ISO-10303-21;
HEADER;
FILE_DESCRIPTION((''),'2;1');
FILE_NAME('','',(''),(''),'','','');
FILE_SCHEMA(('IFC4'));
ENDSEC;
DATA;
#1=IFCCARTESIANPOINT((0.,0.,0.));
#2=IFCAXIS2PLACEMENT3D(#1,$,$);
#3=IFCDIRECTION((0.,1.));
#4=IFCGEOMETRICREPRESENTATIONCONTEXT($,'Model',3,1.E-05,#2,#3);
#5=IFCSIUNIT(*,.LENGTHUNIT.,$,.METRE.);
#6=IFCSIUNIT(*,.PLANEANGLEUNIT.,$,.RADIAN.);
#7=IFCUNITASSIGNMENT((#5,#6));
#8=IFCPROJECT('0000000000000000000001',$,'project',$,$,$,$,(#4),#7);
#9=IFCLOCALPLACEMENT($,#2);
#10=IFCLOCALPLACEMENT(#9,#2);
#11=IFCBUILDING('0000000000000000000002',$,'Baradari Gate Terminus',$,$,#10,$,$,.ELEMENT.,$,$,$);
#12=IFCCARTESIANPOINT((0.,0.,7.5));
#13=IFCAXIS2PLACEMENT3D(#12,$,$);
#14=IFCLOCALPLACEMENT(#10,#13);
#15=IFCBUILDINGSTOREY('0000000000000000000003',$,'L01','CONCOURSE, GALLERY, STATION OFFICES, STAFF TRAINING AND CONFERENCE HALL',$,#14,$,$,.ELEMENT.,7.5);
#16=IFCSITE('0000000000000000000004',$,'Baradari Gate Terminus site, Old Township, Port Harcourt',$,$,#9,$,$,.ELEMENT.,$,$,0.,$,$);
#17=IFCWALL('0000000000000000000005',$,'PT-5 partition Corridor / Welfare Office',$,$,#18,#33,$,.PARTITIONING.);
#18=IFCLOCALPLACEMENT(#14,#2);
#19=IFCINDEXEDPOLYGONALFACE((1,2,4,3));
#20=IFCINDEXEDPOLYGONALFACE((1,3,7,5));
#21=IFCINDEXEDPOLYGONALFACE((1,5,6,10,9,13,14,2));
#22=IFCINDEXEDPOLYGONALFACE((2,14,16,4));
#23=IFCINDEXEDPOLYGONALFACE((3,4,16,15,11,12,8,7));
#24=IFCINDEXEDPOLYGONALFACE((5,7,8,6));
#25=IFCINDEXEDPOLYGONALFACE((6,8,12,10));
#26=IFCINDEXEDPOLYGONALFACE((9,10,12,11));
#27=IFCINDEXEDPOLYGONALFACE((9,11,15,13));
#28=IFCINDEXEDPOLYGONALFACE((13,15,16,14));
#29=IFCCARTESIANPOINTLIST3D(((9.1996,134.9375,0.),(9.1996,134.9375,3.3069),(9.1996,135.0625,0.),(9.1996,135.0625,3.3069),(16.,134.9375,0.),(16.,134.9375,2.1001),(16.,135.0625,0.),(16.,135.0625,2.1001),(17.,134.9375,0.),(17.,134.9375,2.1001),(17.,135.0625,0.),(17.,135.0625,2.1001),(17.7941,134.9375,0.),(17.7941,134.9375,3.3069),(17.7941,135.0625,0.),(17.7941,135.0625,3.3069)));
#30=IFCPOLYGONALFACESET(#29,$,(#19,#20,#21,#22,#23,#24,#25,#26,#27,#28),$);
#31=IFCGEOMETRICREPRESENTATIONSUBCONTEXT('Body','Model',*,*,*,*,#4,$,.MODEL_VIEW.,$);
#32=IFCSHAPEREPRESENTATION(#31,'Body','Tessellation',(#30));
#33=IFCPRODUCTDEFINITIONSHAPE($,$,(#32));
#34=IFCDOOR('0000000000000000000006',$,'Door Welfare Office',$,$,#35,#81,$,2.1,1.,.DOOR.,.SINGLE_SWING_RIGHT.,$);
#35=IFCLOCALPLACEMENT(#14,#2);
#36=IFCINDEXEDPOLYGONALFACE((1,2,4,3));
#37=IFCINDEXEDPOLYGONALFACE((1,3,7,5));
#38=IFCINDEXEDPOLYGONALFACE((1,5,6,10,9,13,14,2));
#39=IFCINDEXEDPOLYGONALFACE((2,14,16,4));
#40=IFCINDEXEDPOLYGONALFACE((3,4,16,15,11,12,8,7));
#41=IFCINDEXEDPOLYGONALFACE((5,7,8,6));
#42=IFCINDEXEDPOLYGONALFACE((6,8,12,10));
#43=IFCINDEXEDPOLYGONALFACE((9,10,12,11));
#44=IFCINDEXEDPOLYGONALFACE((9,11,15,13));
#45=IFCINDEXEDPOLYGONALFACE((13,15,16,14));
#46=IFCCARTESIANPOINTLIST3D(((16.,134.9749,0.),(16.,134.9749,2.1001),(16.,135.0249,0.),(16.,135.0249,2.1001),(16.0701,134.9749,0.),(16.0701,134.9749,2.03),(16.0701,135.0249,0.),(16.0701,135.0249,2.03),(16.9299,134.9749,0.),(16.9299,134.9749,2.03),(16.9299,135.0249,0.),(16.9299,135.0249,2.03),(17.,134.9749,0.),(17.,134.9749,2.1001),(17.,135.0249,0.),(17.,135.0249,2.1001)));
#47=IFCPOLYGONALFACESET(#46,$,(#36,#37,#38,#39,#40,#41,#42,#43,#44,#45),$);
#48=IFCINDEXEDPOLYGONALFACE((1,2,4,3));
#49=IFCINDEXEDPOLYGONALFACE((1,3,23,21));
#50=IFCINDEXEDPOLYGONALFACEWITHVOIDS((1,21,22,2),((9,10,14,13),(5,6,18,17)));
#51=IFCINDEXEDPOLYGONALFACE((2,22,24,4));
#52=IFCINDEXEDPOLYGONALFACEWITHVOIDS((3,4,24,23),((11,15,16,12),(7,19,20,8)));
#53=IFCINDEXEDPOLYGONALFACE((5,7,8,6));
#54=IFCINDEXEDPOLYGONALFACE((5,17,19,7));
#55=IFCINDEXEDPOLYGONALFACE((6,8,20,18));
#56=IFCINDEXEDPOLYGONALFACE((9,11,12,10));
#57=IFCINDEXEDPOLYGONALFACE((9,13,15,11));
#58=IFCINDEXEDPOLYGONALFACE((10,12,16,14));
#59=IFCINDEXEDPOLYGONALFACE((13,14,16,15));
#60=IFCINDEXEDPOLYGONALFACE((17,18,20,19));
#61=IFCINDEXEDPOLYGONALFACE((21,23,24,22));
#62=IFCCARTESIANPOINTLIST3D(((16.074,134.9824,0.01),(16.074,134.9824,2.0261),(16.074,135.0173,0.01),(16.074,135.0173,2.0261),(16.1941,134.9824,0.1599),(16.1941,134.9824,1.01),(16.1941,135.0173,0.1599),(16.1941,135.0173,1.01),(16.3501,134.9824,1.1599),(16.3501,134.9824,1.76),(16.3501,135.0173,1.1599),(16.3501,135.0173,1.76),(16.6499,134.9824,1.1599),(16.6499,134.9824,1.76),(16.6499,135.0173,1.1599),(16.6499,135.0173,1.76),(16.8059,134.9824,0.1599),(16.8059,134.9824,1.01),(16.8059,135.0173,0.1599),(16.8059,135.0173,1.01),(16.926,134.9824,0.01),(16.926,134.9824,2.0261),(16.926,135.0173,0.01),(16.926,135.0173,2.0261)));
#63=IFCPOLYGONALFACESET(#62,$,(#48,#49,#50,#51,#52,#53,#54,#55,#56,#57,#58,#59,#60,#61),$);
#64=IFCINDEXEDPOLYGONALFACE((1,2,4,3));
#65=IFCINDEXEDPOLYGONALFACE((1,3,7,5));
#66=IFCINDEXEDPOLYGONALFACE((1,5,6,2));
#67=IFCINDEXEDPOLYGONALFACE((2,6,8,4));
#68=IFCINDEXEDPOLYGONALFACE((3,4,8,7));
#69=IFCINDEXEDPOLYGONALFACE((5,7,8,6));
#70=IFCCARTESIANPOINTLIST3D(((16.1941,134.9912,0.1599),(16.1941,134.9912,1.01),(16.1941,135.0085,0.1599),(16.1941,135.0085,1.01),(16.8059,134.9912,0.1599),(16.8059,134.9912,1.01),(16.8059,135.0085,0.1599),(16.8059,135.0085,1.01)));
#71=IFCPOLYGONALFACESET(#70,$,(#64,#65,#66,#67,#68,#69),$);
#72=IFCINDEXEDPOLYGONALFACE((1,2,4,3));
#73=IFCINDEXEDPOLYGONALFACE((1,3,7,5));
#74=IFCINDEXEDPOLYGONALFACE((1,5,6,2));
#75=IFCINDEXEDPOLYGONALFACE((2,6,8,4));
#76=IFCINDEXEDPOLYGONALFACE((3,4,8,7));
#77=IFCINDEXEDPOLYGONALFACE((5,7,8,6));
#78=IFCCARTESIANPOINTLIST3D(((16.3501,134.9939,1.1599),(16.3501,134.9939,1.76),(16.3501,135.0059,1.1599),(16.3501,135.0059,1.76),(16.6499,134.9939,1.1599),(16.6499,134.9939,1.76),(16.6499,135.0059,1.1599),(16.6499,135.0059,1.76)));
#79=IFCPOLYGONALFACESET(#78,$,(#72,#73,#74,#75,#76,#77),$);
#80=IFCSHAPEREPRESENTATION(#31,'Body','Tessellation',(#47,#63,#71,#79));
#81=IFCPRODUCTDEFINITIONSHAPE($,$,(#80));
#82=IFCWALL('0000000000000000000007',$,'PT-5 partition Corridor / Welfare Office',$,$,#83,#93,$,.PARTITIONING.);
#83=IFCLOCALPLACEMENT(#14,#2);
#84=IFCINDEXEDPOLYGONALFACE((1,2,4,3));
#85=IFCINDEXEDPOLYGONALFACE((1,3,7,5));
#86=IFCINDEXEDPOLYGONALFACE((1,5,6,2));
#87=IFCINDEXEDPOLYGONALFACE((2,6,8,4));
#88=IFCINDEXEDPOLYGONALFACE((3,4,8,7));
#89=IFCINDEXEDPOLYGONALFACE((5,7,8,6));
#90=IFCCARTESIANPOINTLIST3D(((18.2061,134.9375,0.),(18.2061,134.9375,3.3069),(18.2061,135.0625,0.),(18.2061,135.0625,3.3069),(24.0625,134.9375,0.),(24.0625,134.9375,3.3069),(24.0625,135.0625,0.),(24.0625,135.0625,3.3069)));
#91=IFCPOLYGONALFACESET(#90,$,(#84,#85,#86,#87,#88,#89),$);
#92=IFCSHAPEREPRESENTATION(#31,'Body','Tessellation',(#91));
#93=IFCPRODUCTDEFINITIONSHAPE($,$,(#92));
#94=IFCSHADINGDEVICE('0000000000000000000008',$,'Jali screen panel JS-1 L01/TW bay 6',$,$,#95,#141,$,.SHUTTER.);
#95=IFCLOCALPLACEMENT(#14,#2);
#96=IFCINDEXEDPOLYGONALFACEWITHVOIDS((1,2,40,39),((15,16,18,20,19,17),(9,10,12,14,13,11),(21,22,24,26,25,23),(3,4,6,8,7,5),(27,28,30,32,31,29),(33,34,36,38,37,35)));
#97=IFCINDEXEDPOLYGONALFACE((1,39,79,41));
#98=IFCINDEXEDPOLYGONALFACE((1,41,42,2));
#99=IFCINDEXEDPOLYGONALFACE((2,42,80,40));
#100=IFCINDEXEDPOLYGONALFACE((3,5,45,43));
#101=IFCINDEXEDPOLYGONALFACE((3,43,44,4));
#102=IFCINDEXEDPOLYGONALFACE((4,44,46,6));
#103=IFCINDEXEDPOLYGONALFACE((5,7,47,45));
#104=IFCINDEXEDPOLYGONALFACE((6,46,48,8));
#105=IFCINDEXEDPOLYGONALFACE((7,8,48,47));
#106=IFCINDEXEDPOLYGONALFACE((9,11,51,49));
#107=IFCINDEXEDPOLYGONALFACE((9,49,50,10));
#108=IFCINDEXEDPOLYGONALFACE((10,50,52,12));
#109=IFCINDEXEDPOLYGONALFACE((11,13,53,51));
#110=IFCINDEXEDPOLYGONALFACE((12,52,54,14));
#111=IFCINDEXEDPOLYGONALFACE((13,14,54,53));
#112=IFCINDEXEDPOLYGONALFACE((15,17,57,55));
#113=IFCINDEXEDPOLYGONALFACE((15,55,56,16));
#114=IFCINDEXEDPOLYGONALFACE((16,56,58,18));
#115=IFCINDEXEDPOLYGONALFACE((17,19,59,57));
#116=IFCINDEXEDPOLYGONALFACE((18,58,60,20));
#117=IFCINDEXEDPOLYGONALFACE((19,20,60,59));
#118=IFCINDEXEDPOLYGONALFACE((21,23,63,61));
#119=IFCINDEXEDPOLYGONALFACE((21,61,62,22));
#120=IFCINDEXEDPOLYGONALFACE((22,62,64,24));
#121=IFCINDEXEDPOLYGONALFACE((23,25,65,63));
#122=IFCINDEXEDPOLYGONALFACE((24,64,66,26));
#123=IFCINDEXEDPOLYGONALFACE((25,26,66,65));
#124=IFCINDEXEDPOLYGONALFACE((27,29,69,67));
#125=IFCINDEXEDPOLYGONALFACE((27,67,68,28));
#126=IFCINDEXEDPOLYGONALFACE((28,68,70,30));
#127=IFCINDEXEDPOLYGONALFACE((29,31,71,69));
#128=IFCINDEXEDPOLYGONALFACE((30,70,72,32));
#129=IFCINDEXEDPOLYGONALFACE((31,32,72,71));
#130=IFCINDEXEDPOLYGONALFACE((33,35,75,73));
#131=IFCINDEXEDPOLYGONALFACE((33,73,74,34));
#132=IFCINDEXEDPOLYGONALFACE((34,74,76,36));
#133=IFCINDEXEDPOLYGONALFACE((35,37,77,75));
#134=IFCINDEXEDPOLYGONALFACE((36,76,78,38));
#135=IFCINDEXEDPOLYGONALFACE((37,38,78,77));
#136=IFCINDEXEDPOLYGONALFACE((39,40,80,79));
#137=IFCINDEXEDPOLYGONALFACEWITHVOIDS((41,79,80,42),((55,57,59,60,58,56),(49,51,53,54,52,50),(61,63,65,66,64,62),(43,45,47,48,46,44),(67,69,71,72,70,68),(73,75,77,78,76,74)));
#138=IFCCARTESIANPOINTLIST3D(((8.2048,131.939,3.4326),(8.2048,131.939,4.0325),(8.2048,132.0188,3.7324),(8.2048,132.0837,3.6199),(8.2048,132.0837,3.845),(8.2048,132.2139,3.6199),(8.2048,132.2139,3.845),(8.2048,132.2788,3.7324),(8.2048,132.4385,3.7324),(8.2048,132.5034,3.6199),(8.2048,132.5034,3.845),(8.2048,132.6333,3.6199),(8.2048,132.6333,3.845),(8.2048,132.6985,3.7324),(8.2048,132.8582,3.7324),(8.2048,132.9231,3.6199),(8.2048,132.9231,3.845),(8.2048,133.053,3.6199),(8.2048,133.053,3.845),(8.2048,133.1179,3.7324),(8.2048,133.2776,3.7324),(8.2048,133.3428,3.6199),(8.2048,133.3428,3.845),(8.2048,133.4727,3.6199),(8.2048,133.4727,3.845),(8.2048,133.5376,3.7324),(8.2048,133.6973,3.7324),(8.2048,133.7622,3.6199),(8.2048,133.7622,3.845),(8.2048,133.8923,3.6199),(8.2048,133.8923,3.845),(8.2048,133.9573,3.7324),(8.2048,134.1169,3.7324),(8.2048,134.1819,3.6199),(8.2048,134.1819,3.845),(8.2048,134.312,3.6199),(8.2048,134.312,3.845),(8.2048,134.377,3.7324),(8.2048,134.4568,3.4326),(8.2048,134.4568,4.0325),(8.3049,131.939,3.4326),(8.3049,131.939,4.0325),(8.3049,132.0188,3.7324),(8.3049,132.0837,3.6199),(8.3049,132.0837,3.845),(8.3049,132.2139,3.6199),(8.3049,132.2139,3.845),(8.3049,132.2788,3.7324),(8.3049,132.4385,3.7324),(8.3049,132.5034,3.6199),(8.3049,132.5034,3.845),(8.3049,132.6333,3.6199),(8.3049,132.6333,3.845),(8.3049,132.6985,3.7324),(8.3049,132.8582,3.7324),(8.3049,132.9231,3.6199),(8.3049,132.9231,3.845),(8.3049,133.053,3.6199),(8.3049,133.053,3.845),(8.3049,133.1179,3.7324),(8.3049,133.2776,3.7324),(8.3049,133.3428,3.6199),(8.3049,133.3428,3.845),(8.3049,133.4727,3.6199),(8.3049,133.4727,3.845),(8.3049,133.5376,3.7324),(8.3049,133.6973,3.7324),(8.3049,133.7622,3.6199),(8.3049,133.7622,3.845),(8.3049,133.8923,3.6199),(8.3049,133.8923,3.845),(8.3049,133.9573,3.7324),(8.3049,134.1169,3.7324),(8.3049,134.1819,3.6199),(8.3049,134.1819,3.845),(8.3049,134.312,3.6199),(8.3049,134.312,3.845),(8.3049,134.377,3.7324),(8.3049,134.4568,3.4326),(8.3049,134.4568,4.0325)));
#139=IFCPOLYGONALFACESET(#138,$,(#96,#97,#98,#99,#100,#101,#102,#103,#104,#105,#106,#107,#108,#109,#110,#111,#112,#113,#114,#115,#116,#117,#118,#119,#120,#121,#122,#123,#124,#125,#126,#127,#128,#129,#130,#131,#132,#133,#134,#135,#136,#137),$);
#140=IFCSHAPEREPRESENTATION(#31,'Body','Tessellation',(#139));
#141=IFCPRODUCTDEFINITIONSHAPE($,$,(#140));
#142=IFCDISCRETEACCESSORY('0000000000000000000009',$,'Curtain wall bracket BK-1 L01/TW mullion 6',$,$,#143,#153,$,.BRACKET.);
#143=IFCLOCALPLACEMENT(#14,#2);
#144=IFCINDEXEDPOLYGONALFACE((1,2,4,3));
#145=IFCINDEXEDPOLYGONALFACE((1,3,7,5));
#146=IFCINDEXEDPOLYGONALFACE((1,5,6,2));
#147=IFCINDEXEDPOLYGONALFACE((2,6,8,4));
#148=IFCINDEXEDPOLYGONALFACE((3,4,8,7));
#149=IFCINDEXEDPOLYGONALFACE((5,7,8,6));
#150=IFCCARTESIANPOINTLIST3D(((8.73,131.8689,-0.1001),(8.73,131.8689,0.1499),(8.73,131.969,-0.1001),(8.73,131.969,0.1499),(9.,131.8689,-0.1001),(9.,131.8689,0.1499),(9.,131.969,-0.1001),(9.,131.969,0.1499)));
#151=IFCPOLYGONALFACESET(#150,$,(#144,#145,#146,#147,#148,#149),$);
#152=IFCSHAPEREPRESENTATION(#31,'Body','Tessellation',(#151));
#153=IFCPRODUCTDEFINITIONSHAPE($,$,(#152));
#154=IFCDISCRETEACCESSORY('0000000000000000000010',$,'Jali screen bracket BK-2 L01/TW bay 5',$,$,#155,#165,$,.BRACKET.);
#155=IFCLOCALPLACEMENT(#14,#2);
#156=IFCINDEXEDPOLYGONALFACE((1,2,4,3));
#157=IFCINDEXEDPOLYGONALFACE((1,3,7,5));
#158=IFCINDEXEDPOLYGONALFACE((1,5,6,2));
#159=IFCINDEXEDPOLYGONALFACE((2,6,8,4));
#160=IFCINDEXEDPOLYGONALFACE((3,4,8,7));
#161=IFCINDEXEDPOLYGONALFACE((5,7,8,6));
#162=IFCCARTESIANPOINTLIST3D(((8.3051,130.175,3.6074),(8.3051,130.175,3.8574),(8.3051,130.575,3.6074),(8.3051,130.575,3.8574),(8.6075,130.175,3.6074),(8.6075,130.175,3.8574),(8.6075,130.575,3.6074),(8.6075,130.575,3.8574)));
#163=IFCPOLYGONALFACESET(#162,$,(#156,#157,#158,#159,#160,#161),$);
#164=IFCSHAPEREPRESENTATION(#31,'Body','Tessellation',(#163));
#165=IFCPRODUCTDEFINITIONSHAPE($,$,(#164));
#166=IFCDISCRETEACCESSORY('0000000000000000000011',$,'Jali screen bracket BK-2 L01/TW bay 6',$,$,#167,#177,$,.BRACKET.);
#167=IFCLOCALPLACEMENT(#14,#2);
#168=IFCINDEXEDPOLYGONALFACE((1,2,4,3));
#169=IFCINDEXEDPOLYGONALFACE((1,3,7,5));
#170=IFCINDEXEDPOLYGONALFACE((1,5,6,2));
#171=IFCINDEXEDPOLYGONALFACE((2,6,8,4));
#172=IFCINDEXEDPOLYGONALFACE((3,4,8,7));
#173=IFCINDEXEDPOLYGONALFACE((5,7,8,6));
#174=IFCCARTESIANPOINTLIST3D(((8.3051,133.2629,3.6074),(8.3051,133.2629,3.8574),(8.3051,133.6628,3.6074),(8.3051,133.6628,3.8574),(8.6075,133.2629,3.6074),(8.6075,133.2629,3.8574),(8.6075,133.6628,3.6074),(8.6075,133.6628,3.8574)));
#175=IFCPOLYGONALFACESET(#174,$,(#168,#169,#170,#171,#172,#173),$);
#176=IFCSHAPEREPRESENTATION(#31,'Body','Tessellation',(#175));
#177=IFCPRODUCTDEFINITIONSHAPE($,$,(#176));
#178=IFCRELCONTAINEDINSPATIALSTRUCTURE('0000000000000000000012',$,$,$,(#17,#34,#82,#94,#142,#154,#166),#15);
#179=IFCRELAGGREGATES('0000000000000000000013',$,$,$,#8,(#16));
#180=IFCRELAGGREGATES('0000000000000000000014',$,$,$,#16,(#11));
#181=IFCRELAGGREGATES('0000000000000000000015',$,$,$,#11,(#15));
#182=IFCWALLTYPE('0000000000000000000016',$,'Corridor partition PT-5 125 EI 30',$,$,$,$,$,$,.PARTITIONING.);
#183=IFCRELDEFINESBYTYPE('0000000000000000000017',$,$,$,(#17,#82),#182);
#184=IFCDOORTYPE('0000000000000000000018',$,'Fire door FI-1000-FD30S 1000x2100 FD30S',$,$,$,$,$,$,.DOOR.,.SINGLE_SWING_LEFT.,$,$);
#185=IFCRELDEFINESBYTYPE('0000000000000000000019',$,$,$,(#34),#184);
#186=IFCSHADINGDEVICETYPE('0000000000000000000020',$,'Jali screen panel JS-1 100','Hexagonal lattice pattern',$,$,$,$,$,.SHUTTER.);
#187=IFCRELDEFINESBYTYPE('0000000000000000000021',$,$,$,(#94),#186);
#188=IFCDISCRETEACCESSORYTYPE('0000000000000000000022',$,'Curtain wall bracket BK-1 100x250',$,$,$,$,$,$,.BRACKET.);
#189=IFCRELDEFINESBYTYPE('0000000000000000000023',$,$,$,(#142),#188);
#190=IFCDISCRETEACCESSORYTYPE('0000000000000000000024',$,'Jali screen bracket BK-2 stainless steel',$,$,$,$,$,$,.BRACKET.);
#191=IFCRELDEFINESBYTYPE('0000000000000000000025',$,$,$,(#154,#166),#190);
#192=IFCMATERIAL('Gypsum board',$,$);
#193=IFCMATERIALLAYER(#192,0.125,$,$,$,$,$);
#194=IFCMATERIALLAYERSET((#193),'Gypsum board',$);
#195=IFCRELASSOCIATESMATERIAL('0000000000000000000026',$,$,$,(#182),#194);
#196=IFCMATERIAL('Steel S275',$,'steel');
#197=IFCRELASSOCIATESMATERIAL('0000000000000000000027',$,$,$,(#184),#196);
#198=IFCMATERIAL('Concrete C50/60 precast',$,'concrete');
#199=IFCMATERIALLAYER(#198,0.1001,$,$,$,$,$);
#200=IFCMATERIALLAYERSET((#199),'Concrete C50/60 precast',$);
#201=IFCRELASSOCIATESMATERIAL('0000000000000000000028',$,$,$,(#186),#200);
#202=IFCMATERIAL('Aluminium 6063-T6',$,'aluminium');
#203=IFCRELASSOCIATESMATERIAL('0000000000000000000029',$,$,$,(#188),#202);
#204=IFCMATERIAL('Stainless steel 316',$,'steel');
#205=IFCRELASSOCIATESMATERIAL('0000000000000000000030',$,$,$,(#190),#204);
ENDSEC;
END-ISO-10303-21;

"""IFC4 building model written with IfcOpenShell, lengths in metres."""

from ifc_helpers import new_model, si_unit, direction, frame, frame_2d, origin, origin_2d, place, context, subcontext, project, spatial, polyline, rectangle, outline, extrude, material, layer, layer_set, type_object, element, fill, save


model = new_model("IFC4")

# Units and contexts
model_context = context("Model", 3, precision=1e-05, world=origin(), true_north=direction((0.0, 1.0)))
body_context = subcontext(model_context, "Body", "Model", "MODEL_VIEW")
ifc_project = project(units=[si_unit("LENGTHUNIT", "METRE"), si_unit("PLANEANGLEUNIT", "RADIAN")], contexts=[model_context])

# Site, building, storey
site_placement = place(None, origin())
site = spatial("IfcSite", under=ifc_project, at=site_placement, Name="Baradari Gate Terminus site, Old Township, Port Harcourt", CompositionType="ELEMENT", RefElevation=0.0)
building_placement = place(site_placement, origin())
building = spatial("IfcBuilding", under=site, at=building_placement, Name="Baradari Gate Terminus", CompositionType="ELEMENT")
storey_placement = place(building_placement, frame((0.0, 0.0, 7.5)))
storey = spatial("IfcBuildingStorey", under=building, at=storey_placement, Name="L01", Description="CONCOURSE, GALLERY, STATION OFFICES, STAFF TRAINING AND CONFERENCE HALL", CompositionType="ELEMENT", Elevation=7.5)

# Wall, opening, door
ifc_material_1 = material(Name="Gypsum board")
ifc_layer_1 = layer(ifc_material_1, 0.125)
ifc_layer_set_1 = layer_set([ifc_layer_1], Name="Gypsum board")
wall_type = type_object("IfcWallType", Name="Corridor partition PT-5 125 EI 30", PredefinedType="PARTITIONING", material=ifc_layer_set_1)
wall_1_placement = place(storey_placement, frame((9.1995, 135.0, 0.0), z_axis=(0.0, 0.0, 1.0), x_axis=(1.0, 0.0, 0.0)))
wall_1 = element("IfcWall", 1, at=wall_1_placement, inside=storey, type_object=wall_type, Name="PT-5 partition Corridor / Welfare Office", PredefinedType="PARTITIONING", context=body_context, shape_type="SweptSolid", body=[
    extrude(rectangle(XDim=8.5945, YDim=0.125, at=frame_2d((4.2974, 0.0))), origin(), (0.0, 0.0, 1.0), 3.3069),
])
opening_placement = place(wall_1_placement, frame((6.8005, 0.0, 0.0)))
opening = element("IfcOpeningElement", 2, at=opening_placement, cuts=wall_1, PredefinedType="OPENING", context=body_context, shape_type="SweptSolid", body=[
    extrude(rectangle(XDim=1.0, YDim=2.1001, at=frame_2d((0.5, 1.05))), frame((0.0, 0.0725, 0.0), z_axis=(0.0, -1.0, 0.0), x_axis=(1.0, 0.0, 0.0)), (0.0, 0.0, 1.0), 0.145),
])
ifc_material_2 = material(Name="Steel S275", Category="steel")
door_type = type_object("IfcDoorType", Name="Fire door FI-1000-FD30S 1000x2100 FD30S", OperationType="SINGLE_SWING_LEFT", PredefinedType="DOOR", material=ifc_material_2)
door_placement = place(opening_placement, origin())
door = element("IfcDoor", 3, at=door_placement, inside=storey, type_object=door_type, Name="Door Welfare Office", OperationType="SINGLE_SWING_RIGHT", OverallHeight=2.1, OverallWidth=1.0, PredefinedType="DOOR", context=body_context, shape_type="SweptSolid", body=[
    extrude(outline(polyline([(0.0, 0.0), (0.0701, 0.0), (0.0701, 2.03), (0.9299, 2.03), (0.9299, 0.0), (1.0, 0.0), (1.0, 2.1001), (0.0, 2.1001), (0.0, 0.0)])), frame((0.0, 0.0249, 0.0), z_axis=(0.0, -1.0, 0.0), x_axis=(1.0, 0.0, 0.0)), (0.0, 0.0, 1.0), 0.05),
    extrude(outline(polyline([(0.074, 0.01), (0.926, 0.01), (0.926, 2.0261), (0.074, 2.0261), (0.074, 0.01)]), holes=[polyline([(0.1941, 0.1599), (0.8059, 0.1599), (0.8059, 1.01), (0.1941, 1.01), (0.1941, 0.1599)]), polyline([(0.3501, 1.1599), (0.6499, 1.1599), (0.6499, 1.76), (0.3501, 1.76), (0.3501, 1.1599)])]), frame((0.0, 0.0173, 0.0), z_axis=(0.0, -1.0, 0.0), x_axis=(1.0, 0.0, 0.0)), (0.0, 0.0, 1.0), 0.0349),
    extrude(rectangle(XDim=0.6118, YDim=0.8501, at=frame_2d((0.5, 0.585))), frame((0.0, 0.0085, 0.0), z_axis=(0.0, -1.0, 0.0), x_axis=(1.0, 0.0, 0.0)), (0.0, 0.0, 1.0), 0.0173),
    extrude(rectangle(XDim=0.2998, YDim=0.6001, at=frame_2d((0.5, 1.46))), frame((0.0, 0.0059, 0.0), z_axis=(0.0, -1.0, 0.0), x_axis=(1.0, 0.0, 0.0)), (0.0, 0.0, 1.0), 0.012),
])
fill(opening, door)

# Wall
wall_2_placement = place(storey_placement, frame((18.2061, 135.0, 0.0), z_axis=(0.0, 0.0, 1.0), x_axis=(1.0, 0.0, 0.0)))
element("IfcWall", 4, at=wall_2_placement, inside=storey, type_object=wall_type, Name="PT-5 partition Corridor / Welfare Office", PredefinedType="PARTITIONING", context=body_context, shape_type="SweptSolid", body=[
    extrude(rectangle(XDim=5.8564, YDim=0.125, at=frame_2d((2.9282, 0.0))), origin(), (0.0, 0.0, 1.0), 3.3069),
])

# Shading device
ifc_material_3 = material(Name="Concrete C50/60 precast", Category="concrete")
ifc_layer_2 = layer(ifc_material_3, 0.1001)
ifc_layer_set_2 = layer_set([ifc_layer_2], Name="Concrete C50/60 precast")
shading_device_type = type_object("IfcShadingDeviceType", Name="Jali screen panel JS-1 100", Description="Hexagonal lattice pattern", PredefinedType="SHUTTER", material=ifc_layer_set_2)
shading_device_placement = place(storey_placement, frame((8.2549, 131.939, 3.4326), z_axis=(0.0, 0.0, 1.0), x_axis=(0.0, 1.0, 0.0)))
element("IfcShadingDevice", 5, at=shading_device_placement, inside=storey, type_object=shading_device_type, Name="Jali screen panel JS-1 L01/TW bay 6", PredefinedType="SHUTTER", context=body_context, shape_type="SweptSolid", body=[
    extrude(outline(polyline([(0.0, 0.0), (2.5178, 0.0), (2.5178, 0.5999), (0.0, 0.5999), (0.0, 0.0)]), holes=[polyline([(0.3398, 0.2998), (0.2749, 0.1873), (0.1448, 0.1873), (0.0798, 0.2998), (0.1448, 0.4124), (0.2749, 0.4124), (0.3398, 0.2998)]), polyline([(0.7595, 0.2998), (0.6943, 0.1873), (0.5645, 0.1873), (0.4995, 0.2998), (0.5645, 0.4124), (0.6943, 0.4124), (0.7595, 0.2998)]), polyline([(1.179, 0.2998), (1.114, 0.1873), (0.9841, 0.1873), (0.9192, 0.2998), (0.9841, 0.4124), (1.114, 0.4124), (1.179, 0.2998)]), polyline([(1.5986, 0.2998), (1.5337, 0.1873), (1.4038, 0.1873), (1.3386, 0.2998), (1.4038, 0.4124), (1.5337, 0.4124), (1.5986, 0.2998)]), polyline([(2.0183, 0.2998), (1.9534, 0.1873), (1.8232, 0.1873), (1.7583, 0.2998), (1.8232, 0.4124), (1.9534, 0.4124), (2.0183, 0.2998)]), polyline([(2.438, 0.2998), (2.373, 0.1873), (2.2429, 0.1873), (2.178, 0.2998), (2.2429, 0.4124), (2.373, 0.4124), (2.438, 0.2998)])]), frame((0.0, 0.05, 0.0), z_axis=(0.0, -1.0, 0.0), x_axis=(1.0, 0.0, 0.0)), (0.0, 0.0, 1.0), 0.1001),
])

# Discrete accessories
ifc_material_4 = material(Name="Aluminium 6063-T6", Category="aluminium")
discrete_accessory_type_1 = type_object("IfcDiscreteAccessoryType", Name="Curtain wall bracket BK-1 100x250", PredefinedType="BRACKET", material=ifc_material_4)
discrete_accessory_placement = place(storey_placement, frame((8.865, 131.9189, -0.1001), z_axis=(0.0, 0.0, 1.0), x_axis=(-1.0, 0.0, 0.0)))
element("IfcDiscreteAccessory", 6, at=discrete_accessory_placement, inside=storey, type_object=discrete_accessory_type_1, Name="Curtain wall bracket BK-1 L01/TW mullion 6", PredefinedType="BRACKET", context=body_context, shape_type="SweptSolid", body=[
    extrude(rectangle(XDim=0.27, YDim=0.1001, at=origin_2d()), origin(), (0.0, 0.0, 1.0), 0.25),
])
ifc_material_5 = material(Name="Stainless steel 316", Category="steel")
discrete_accessory_type_2 = type_object("IfcDiscreteAccessoryType", Name="Jali screen bracket BK-2 stainless steel", PredefinedType="BRACKET", material=ifc_material_5)
for number, where, z_axis, x_axis, name in (
    (7, (8.4563, 130.375, 3.6074), (0.0, 0.0, 1.0), (-1.0, 0.0, 0.0), "Jali screen bracket BK-2 L01/TW bay 5"),
    (8, (8.4563, 133.4629, 3.6074), (0.0, 0.0, 1.0), (-1.0, 0.0, 0.0), "Jali screen bracket BK-2 L01/TW bay 6"),
):
    element("IfcDiscreteAccessory", number, at=place(storey_placement, frame(where, z_axis=z_axis, x_axis=x_axis)), inside=storey, type_object=discrete_accessory_type_2, Name=name, PredefinedType="BRACKET", context=body_context, shape_type="SweptSolid", body=[
        extrude(rectangle(XDim=0.3025, YDim=0.3999, at=origin_2d()), origin(), (0.0, 0.0, 1.0), 0.25),
    ])

save(model, "model.ifc")
